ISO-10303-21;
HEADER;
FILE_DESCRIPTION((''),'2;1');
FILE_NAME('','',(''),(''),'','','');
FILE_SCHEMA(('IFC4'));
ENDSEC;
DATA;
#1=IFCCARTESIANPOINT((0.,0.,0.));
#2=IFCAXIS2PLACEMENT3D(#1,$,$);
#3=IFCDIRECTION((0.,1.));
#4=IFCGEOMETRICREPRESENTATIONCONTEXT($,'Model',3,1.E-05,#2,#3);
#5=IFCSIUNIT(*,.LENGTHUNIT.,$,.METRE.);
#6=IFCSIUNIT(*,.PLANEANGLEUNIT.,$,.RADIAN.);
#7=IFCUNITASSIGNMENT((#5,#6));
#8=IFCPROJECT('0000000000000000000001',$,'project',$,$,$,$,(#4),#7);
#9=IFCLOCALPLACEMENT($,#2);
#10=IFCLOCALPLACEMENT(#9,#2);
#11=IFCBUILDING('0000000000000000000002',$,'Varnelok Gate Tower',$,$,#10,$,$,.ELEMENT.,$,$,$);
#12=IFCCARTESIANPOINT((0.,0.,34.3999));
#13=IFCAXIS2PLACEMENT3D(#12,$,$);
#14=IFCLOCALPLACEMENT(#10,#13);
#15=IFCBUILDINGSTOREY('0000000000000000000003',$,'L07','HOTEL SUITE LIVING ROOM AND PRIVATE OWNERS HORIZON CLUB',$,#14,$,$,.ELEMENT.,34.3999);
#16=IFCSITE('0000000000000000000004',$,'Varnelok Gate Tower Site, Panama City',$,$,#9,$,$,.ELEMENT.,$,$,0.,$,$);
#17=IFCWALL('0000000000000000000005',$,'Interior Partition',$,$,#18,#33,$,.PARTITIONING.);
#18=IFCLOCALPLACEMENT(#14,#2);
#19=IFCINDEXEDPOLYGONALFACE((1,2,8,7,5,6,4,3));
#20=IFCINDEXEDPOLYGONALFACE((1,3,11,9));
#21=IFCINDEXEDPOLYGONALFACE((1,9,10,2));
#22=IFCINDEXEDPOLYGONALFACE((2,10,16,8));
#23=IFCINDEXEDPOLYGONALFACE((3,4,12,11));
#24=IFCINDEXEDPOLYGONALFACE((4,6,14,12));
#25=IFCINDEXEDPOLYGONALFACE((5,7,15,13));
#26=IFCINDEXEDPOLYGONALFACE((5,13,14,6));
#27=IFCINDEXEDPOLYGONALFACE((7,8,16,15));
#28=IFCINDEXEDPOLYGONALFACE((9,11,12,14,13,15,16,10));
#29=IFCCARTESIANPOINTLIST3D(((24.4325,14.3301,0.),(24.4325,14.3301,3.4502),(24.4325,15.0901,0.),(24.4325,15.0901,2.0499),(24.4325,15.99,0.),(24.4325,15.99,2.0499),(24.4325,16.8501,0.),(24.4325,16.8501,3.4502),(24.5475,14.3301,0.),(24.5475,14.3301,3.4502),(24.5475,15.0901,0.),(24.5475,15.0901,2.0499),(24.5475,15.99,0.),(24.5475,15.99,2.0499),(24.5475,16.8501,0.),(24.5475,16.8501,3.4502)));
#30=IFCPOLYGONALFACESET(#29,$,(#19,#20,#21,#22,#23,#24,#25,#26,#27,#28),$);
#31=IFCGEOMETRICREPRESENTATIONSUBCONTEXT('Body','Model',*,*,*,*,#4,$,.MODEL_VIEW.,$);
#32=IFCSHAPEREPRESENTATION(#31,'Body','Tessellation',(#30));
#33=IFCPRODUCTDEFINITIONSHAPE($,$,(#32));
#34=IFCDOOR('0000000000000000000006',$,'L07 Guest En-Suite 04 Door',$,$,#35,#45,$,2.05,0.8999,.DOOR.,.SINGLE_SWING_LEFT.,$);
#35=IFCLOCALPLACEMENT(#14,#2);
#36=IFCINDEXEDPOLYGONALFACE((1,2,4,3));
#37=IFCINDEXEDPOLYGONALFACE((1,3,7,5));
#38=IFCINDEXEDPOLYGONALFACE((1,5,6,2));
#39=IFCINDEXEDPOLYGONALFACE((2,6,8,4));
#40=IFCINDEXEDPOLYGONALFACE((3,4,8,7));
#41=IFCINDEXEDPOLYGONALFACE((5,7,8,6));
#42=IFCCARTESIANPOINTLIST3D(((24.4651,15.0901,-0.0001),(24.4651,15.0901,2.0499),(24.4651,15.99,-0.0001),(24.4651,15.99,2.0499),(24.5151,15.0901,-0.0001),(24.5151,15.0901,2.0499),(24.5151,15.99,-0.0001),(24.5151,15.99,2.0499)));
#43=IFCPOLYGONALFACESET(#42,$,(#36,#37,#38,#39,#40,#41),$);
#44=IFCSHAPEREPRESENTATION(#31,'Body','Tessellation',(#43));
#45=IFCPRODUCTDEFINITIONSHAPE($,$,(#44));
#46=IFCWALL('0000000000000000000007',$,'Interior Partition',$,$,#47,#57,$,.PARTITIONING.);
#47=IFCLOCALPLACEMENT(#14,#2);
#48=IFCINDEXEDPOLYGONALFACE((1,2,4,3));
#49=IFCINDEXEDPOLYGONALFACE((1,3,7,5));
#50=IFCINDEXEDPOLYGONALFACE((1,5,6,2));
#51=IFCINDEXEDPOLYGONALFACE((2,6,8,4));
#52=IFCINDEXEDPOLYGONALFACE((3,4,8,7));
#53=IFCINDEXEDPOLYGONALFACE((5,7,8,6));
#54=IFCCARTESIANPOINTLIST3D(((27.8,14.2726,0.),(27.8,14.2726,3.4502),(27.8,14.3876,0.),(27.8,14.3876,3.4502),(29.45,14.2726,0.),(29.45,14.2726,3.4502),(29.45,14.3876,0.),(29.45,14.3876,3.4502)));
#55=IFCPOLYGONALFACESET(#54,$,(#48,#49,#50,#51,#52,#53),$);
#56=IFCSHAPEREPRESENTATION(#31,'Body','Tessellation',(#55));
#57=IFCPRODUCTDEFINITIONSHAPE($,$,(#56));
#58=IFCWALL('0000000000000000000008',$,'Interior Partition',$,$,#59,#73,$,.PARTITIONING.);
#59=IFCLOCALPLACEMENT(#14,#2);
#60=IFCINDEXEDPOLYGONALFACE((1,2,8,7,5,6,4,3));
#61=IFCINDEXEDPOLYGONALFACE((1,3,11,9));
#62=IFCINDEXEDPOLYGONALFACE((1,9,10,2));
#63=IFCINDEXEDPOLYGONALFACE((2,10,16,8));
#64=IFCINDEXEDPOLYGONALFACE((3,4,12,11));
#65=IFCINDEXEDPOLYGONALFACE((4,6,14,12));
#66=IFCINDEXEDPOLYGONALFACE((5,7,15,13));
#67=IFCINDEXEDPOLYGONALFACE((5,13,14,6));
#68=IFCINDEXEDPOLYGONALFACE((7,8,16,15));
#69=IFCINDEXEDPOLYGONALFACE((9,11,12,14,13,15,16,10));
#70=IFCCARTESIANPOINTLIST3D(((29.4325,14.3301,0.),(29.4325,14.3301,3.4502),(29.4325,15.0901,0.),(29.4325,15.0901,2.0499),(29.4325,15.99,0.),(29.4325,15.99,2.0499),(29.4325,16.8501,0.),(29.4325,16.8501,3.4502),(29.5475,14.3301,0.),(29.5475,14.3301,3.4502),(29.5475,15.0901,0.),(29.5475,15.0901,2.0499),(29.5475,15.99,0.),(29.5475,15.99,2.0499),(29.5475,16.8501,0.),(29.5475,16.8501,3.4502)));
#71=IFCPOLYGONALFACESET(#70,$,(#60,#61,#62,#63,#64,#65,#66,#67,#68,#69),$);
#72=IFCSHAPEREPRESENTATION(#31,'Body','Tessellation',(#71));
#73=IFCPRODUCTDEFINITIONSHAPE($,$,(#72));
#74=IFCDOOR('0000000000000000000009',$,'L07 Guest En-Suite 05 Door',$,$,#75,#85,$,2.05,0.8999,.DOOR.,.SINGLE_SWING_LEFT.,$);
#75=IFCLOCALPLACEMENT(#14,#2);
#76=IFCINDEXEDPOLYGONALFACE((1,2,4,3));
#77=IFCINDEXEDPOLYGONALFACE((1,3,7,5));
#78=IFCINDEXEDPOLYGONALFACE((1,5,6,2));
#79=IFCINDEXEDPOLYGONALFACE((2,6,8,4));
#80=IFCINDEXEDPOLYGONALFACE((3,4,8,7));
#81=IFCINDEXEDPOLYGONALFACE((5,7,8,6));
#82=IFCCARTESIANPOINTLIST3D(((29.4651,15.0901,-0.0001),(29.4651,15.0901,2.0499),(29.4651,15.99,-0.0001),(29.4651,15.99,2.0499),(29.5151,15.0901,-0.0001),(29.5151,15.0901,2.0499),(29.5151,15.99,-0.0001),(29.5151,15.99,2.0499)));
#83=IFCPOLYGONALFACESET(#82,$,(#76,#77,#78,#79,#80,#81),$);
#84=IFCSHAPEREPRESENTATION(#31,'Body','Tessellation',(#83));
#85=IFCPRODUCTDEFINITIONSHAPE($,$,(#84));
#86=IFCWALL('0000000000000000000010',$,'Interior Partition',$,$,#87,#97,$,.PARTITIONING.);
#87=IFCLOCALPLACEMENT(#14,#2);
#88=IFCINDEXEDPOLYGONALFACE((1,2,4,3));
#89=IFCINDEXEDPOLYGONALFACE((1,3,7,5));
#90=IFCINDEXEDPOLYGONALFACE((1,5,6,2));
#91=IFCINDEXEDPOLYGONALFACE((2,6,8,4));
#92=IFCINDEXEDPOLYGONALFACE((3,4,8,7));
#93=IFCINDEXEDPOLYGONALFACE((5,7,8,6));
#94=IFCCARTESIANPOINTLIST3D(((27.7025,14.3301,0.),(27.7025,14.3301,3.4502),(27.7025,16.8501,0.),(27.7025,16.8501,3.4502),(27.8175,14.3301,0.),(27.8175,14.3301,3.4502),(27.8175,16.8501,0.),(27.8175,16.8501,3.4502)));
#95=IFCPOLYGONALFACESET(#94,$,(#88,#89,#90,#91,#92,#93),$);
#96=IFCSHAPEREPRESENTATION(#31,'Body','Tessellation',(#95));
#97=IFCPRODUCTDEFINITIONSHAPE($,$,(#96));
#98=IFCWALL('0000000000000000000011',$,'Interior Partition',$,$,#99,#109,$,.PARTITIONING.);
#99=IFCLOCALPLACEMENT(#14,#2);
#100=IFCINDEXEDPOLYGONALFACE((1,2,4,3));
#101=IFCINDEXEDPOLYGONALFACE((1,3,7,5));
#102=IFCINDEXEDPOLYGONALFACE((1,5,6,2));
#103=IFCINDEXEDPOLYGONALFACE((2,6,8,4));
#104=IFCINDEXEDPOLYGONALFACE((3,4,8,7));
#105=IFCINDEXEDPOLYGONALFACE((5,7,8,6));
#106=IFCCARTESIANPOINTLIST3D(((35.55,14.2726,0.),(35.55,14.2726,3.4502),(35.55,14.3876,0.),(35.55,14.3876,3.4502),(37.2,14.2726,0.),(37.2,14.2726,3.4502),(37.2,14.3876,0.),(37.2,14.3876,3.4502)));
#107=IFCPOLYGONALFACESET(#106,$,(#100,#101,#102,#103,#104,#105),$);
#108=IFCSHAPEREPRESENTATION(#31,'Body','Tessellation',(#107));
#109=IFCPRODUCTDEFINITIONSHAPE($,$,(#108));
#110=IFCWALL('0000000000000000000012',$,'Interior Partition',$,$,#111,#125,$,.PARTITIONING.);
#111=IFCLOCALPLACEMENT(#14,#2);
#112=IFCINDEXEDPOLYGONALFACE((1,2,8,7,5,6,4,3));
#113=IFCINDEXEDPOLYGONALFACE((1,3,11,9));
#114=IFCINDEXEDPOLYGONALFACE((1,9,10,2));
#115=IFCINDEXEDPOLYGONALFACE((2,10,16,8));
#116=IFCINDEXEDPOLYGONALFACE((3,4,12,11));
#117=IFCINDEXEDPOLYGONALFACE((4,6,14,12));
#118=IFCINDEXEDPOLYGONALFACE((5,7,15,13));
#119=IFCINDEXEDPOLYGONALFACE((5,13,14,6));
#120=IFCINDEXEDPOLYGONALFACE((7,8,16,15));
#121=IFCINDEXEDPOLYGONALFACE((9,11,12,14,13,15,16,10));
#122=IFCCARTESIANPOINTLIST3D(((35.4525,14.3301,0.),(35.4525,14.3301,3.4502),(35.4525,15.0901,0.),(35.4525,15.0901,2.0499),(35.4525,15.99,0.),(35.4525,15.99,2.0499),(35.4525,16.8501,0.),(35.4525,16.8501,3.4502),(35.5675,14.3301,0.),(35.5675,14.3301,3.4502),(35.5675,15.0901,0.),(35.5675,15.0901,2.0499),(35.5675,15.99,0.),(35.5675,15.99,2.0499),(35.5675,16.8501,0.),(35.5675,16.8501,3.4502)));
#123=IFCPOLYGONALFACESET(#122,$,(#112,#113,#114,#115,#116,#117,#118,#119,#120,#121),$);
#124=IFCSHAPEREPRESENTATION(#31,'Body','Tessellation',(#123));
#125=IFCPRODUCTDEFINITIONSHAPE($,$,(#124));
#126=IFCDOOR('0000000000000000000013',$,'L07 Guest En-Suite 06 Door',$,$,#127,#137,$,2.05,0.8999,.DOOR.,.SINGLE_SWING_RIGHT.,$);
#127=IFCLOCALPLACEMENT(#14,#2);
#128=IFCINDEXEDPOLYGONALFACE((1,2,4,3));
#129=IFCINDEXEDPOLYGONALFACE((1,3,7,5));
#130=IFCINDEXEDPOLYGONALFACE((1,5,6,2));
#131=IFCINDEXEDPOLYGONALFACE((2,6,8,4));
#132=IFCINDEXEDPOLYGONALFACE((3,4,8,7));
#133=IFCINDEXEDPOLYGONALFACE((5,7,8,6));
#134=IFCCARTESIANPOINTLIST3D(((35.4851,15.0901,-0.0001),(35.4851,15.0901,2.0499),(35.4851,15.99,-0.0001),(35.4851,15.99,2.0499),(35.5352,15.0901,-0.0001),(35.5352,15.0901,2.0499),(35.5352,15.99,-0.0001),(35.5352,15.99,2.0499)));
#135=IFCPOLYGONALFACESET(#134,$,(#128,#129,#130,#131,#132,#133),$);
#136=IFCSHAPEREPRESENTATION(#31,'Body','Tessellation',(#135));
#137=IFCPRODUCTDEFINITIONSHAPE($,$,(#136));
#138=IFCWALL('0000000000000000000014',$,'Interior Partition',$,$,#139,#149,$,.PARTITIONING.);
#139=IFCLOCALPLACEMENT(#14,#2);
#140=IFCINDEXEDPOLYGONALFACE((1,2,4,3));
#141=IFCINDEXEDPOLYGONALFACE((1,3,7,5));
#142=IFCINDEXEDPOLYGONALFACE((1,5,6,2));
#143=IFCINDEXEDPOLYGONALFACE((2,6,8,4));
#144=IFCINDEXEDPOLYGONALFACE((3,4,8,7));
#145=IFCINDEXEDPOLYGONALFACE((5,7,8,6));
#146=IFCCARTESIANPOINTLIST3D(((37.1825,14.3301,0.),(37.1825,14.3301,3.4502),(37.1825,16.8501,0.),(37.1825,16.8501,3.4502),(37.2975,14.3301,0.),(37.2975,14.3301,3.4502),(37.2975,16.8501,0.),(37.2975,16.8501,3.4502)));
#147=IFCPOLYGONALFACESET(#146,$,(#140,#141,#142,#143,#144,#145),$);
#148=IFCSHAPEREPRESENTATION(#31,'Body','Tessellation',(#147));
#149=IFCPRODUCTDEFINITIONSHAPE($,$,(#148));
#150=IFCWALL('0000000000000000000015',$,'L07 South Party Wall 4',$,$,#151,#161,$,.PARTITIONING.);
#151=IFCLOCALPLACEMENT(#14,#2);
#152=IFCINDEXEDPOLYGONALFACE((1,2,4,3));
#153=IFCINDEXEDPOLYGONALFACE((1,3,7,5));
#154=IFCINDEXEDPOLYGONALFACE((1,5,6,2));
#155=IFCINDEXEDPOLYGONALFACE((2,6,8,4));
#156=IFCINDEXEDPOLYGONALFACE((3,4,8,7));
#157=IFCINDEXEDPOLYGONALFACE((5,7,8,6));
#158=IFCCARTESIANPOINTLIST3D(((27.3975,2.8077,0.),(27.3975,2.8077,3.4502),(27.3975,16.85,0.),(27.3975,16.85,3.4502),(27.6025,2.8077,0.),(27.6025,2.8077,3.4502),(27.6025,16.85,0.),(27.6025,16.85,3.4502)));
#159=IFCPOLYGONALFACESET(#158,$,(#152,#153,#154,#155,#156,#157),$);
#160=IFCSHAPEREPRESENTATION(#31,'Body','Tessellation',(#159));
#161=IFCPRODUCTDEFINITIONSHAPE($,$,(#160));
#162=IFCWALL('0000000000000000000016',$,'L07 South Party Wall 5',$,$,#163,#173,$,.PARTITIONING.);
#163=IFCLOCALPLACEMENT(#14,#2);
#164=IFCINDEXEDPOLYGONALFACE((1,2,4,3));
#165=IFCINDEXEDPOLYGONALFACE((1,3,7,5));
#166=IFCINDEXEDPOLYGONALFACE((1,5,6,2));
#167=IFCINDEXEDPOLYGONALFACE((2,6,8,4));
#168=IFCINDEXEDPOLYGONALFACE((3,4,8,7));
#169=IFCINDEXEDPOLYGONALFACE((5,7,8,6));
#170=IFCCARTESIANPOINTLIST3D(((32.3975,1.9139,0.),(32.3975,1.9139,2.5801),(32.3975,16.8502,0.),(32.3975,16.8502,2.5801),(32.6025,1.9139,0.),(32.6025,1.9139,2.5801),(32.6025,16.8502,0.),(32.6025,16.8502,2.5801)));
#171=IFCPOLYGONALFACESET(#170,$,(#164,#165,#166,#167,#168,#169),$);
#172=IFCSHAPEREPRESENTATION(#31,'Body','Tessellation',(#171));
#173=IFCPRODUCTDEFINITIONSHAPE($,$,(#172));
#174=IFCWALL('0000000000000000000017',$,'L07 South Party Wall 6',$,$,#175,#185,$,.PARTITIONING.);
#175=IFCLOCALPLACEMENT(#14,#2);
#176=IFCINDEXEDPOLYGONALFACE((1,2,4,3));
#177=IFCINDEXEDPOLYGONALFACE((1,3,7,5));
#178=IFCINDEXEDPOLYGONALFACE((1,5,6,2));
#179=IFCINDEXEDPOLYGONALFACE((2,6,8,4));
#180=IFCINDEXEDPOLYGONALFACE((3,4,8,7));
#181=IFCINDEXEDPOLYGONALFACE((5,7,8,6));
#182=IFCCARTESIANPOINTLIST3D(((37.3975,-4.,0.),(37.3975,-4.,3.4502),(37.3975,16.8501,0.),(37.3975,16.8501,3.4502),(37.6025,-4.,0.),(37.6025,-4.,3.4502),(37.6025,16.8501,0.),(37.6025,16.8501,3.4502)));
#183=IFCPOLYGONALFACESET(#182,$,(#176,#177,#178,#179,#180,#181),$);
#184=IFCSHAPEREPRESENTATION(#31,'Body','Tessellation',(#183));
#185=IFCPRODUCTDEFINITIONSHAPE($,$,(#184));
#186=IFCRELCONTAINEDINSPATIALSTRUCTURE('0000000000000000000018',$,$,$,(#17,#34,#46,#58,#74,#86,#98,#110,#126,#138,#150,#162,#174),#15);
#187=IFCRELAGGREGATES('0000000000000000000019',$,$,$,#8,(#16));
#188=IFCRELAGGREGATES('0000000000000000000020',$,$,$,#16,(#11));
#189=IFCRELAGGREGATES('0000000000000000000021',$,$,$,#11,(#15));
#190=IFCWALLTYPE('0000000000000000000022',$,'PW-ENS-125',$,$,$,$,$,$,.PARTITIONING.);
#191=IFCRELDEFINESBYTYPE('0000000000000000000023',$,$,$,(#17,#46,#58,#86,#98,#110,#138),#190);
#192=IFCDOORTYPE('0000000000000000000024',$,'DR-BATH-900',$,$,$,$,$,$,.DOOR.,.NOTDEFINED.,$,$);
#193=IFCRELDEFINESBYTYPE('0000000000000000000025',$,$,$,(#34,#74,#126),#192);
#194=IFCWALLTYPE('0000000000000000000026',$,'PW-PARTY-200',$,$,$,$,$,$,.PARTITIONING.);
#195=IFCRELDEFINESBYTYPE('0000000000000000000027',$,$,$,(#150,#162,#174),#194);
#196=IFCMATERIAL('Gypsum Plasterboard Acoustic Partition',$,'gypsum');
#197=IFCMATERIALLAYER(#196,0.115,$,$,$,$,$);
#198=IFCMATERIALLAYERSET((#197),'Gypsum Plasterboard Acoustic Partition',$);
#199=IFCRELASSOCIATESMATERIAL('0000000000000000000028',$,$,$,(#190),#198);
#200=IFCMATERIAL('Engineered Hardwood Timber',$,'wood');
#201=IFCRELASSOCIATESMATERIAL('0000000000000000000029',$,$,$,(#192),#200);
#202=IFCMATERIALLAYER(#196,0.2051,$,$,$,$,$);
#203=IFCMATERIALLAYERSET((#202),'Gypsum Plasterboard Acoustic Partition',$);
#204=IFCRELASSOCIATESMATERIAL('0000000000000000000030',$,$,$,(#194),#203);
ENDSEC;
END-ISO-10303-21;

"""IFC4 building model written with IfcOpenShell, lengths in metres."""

from ifc_helpers import new_model, si_unit, direction, frame, frame_2d, origin, place, context, subcontext, project, spatial, rectangle, extrude, material, layer, layer_set, type_object, element, fill, save


model = new_model("IFC4")

# Units and contexts
model_context = context("Model", 3, precision=1e-05, world=origin(), true_north=direction((0.0, 1.0)))
body_context = subcontext(model_context, "Body", "Model", "MODEL_VIEW")
ifc_project = project(units=[si_unit("LENGTHUNIT", "METRE"), si_unit("PLANEANGLEUNIT", "RADIAN")], contexts=[model_context])

# Site, building, storey
site_placement = place(None, origin())
site = spatial("IfcSite", under=ifc_project, at=site_placement, Name="Varnelok Gate Tower Site, Panama City", CompositionType="ELEMENT", RefElevation=0.0)
building_placement = place(site_placement, origin())
building = spatial("IfcBuilding", under=site, at=building_placement, Name="Varnelok Gate Tower", CompositionType="ELEMENT")
storey_placement = place(building_placement, frame((0.0, 0.0, 34.3999)))
storey = spatial("IfcBuildingStorey", under=building, at=storey_placement, Name="L07", Description="HOTEL SUITE LIVING ROOM AND PRIVATE OWNERS HORIZON CLUB", CompositionType="ELEMENT", Elevation=34.3999)

# Wall, opening, door
ifc_material_1 = material(Name="Gypsum Plasterboard Acoustic Partition", Category="gypsum")
ifc_layer_1 = layer(ifc_material_1, 0.115)
ifc_layer_set_1 = layer_set([ifc_layer_1], Name="Gypsum Plasterboard Acoustic Partition")
wall_type_1 = type_object("IfcWallType", Name="PW-ENS-125", PredefinedType="PARTITIONING", material=ifc_layer_set_1)
wall_1_placement = place(storey_placement, frame((24.49, 14.3301, 0.0), z_axis=(0.0, 0.0, 1.0), x_axis=(0.0, 1.0, 0.0)))
wall_1 = element("IfcWall", 1, at=wall_1_placement, inside=storey, type_object=wall_type_1, Name="Interior Partition", PredefinedType="PARTITIONING", context=body_context, shape_type="SweptSolid", body=[
    extrude(rectangle(XDim=2.52, YDim=0.115, at=frame_2d((1.26, 0.0))), origin(), (0.0, 0.0, 1.0), 3.4502),
])
opening_1_placement = place(wall_1_placement, frame((0.76, 0.0, 0.0)))
opening_1 = element("IfcOpeningElement", 2, at=opening_1_placement, cuts=wall_1, PredefinedType="OPENING", context=body_context, shape_type="SweptSolid", body=[
    extrude(rectangle(XDim=0.8999, YDim=2.05, at=frame_2d((0.45, 1.0249))), frame((0.0, 0.0674, 0.0), z_axis=(0.0, -1.0, 0.0), x_axis=(1.0, 0.0, 0.0)), (0.0, 0.0, 1.0), 0.135),
])
ifc_material_2 = material(Name="Engineered Hardwood Timber", Category="wood")
door_type_1 = type_object("IfcDoorType", Name="DR-BATH-900", OperationType="NOTDEFINED", PredefinedType="DOOR", material=ifc_material_2)
door_1_placement = place(opening_1_placement, origin())
door_1 = element("IfcDoor", 3, at=door_1_placement, inside=storey, type_object=door_type_1, Name="L07 Guest En-Suite 04 Door", OperationType="SINGLE_SWING_LEFT", OverallHeight=2.05, OverallWidth=0.8999, PredefinedType="DOOR", context=body_context, shape_type="SweptSolid", body=[
    extrude(rectangle(XDim=0.8999, YDim=2.05, at=frame_2d((0.45, 1.0249))), frame((0.0, 0.0249, 0.0), z_axis=(0.0, -1.0, 0.0), x_axis=(1.0, 0.0, 0.0)), (0.0, 0.0, 1.0), 0.05),
])
fill(opening_1, door_1)

# Wall
wall_2_placement = place(storey_placement, frame((27.8, 14.3301, 0.0), z_axis=(0.0, 0.0, 1.0), x_axis=(1.0, 0.0, 0.0)))
element("IfcWall", 4, at=wall_2_placement, inside=storey, type_object=wall_type_1, Name="Interior Partition", PredefinedType="PARTITIONING", context=body_context, shape_type="SweptSolid", body=[
    extrude(rectangle(XDim=1.6499, YDim=0.115, at=frame_2d((0.825, 0.0))), origin(), (0.0, 0.0, 1.0), 3.4502),
])

# Wall, opening, door
wall_3_placement = place(storey_placement, frame((29.49, 14.3301, 0.0), z_axis=(0.0, 0.0, 1.0), x_axis=(0.0, 1.0, 0.0)))
wall_3 = element("IfcWall", 5, at=wall_3_placement, inside=storey, type_object=wall_type_1, Name="Interior Partition", PredefinedType="PARTITIONING", context=body_context, shape_type="SweptSolid", body=[
    extrude(rectangle(XDim=2.52, YDim=0.115, at=frame_2d((1.26, 0.0))), origin(), (0.0, 0.0, 1.0), 3.4502),
])
opening_2_placement = place(wall_3_placement, frame((0.76, 0.0, 0.0)))
opening_2 = element("IfcOpeningElement", 6, at=opening_2_placement, cuts=wall_3, PredefinedType="OPENING", context=body_context, shape_type="SweptSolid", body=[
    extrude(rectangle(XDim=0.8999, YDim=2.05, at=frame_2d((0.45, 1.0249))), frame((0.0, 0.0674, 0.0), z_axis=(0.0, -1.0, 0.0), x_axis=(1.0, 0.0, 0.0)), (0.0, 0.0, 1.0), 0.135),
])
door_2_placement = place(opening_2_placement, origin())
door_2 = element("IfcDoor", 7, at=door_2_placement, inside=storey, type_object=door_type_1, Name="L07 Guest En-Suite 05 Door", OperationType="SINGLE_SWING_LEFT", OverallHeight=2.05, OverallWidth=0.8999, PredefinedType="DOOR", context=body_context, shape_type="SweptSolid", body=[
    extrude(rectangle(XDim=0.8999, YDim=2.05, at=frame_2d((0.45, 1.0249))), frame((0.0, 0.0249, 0.0), z_axis=(0.0, -1.0, 0.0), x_axis=(1.0, 0.0, 0.0)), (0.0, 0.0, 1.0), 0.05),
])
fill(opening_2, door_2)

# Walls
wall_4_placement = place(storey_placement, frame((27.76, 14.3301, 0.0), z_axis=(0.0, 0.0, 1.0), x_axis=(0.0, 1.0, 0.0)))
element("IfcWall", 8, at=wall_4_placement, inside=storey, type_object=wall_type_1, Name="Interior Partition", PredefinedType="PARTITIONING", context=body_context, shape_type="SweptSolid", body=[
    extrude(rectangle(XDim=2.52, YDim=0.115, at=frame_2d((1.26, 0.0))), origin(), (0.0, 0.0, 1.0), 3.4502),
])
wall_5_placement = place(storey_placement, frame((35.55, 14.3301, 0.0), z_axis=(0.0, 0.0, 1.0), x_axis=(1.0, 0.0, 0.0)))
element("IfcWall", 9, at=wall_5_placement, inside=storey, type_object=wall_type_1, Name="Interior Partition", PredefinedType="PARTITIONING", context=body_context, shape_type="SweptSolid", body=[
    extrude(rectangle(XDim=1.6499, YDim=0.115, at=frame_2d((0.825, 0.0))), origin(), (0.0, 0.0, 1.0), 3.4502),
])

# Wall, opening, door
wall_6_placement = place(storey_placement, frame((35.51, 14.3301, 0.0), z_axis=(0.0, 0.0, 1.0), x_axis=(0.0, 1.0, 0.0)))
wall_6 = element("IfcWall", 10, at=wall_6_placement, inside=storey, type_object=wall_type_1, Name="Interior Partition", PredefinedType="PARTITIONING", context=body_context, shape_type="SweptSolid", body=[
    extrude(rectangle(XDim=2.52, YDim=0.115, at=frame_2d((1.26, 0.0))), origin(), (0.0, 0.0, 1.0), 3.4502),
])
opening_3_placement = place(wall_6_placement, frame((0.76, 0.0, 0.0)))
opening_3 = element("IfcOpeningElement", 11, at=opening_3_placement, cuts=wall_6, PredefinedType="OPENING", context=body_context, shape_type="SweptSolid", body=[
    extrude(rectangle(XDim=0.8999, YDim=2.05, at=frame_2d((0.45, 1.0249))), frame((0.0, 0.0674, 0.0), z_axis=(0.0, -1.0, 0.0), x_axis=(1.0, 0.0, 0.0)), (0.0, 0.0, 1.0), 0.135),
])
door_3_placement = place(opening_3_placement, origin())
door_3 = element("IfcDoor", 12, at=door_3_placement, inside=storey, type_object=door_type_1, Name="L07 Guest En-Suite 06 Door", OperationType="SINGLE_SWING_RIGHT", OverallHeight=2.05, OverallWidth=0.8999, PredefinedType="DOOR", context=body_context, shape_type="SweptSolid", body=[
    extrude(rectangle(XDim=0.8999, YDim=2.05, at=frame_2d((0.45, 1.0249))), frame((0.0, 0.0249, 0.0), z_axis=(0.0, -1.0, 0.0), x_axis=(1.0, 0.0, 0.0)), (0.0, 0.0, 1.0), 0.05),
])
fill(opening_3, door_3)

# Walls
wall_7_placement = place(storey_placement, frame((37.24, 14.3301, 0.0), z_axis=(0.0, 0.0, 1.0), x_axis=(0.0, 1.0, 0.0)))
element("IfcWall", 13, at=wall_7_placement, inside=storey, type_object=wall_type_1, Name="Interior Partition", PredefinedType="PARTITIONING", context=body_context, shape_type="SweptSolid", body=[
    extrude(rectangle(XDim=2.52, YDim=0.115, at=frame_2d((1.26, 0.0))), origin(), (0.0, 0.0, 1.0), 3.4502),
])
ifc_layer_2 = layer(ifc_material_1, 0.2051)
ifc_layer_set_2 = layer_set([ifc_layer_2], Name="Gypsum Plasterboard Acoustic Partition")
wall_type_2 = type_object("IfcWallType", Name="PW-PARTY-200", PredefinedType="PARTITIONING", material=ifc_layer_set_2)
wall_8_placement = place(storey_placement, frame((27.5, 2.8079, 0.0), z_axis=(0.0, 0.0, 1.0), x_axis=(0.0, 1.0, 0.0)))
element("IfcWall", 14, at=wall_8_placement, inside=storey, type_object=wall_type_2, Name="L07 South Party Wall 4", PredefinedType="PARTITIONING", context=body_context, shape_type="SweptSolid", body=[
    extrude(rectangle(XDim=14.0422, YDim=0.2051, at=frame_2d((7.021, 0.0))), origin(), (0.0, 0.0, 1.0), 3.4502),
])
wall_9_placement = place(storey_placement, frame((32.5, 1.9138, 0.0), z_axis=(0.0, 0.0, 1.0), x_axis=(0.0, 1.0, 0.0)))
element("IfcWall", 15, at=wall_9_placement, inside=storey, type_object=wall_type_2, Name="L07 South Party Wall 5", PredefinedType="PARTITIONING", context=body_context, shape_type="SweptSolid", body=[
    extrude(rectangle(XDim=14.9363, YDim=0.2051, at=frame_2d((7.4683, 0.0))), origin(), (0.0, 0.0, 1.0), 2.5801),
])
wall_10_placement = place(storey_placement, frame((37.5, -4.0, 0.0), z_axis=(0.0, 0.0, 1.0), x_axis=(0.0, 1.0, 0.0)))
element("IfcWall", 16, at=wall_10_placement, inside=storey, type_object=wall_type_2, Name="L07 South Party Wall 6", PredefinedType="PARTITIONING", context=body_context, shape_type="SweptSolid", body=[
    extrude(rectangle(XDim=20.8501, YDim=0.2051, at=frame_2d((10.425, 0.0))), origin(), (0.0, 0.0, 1.0), 3.4502),
])

save(model, "model.ifc")
